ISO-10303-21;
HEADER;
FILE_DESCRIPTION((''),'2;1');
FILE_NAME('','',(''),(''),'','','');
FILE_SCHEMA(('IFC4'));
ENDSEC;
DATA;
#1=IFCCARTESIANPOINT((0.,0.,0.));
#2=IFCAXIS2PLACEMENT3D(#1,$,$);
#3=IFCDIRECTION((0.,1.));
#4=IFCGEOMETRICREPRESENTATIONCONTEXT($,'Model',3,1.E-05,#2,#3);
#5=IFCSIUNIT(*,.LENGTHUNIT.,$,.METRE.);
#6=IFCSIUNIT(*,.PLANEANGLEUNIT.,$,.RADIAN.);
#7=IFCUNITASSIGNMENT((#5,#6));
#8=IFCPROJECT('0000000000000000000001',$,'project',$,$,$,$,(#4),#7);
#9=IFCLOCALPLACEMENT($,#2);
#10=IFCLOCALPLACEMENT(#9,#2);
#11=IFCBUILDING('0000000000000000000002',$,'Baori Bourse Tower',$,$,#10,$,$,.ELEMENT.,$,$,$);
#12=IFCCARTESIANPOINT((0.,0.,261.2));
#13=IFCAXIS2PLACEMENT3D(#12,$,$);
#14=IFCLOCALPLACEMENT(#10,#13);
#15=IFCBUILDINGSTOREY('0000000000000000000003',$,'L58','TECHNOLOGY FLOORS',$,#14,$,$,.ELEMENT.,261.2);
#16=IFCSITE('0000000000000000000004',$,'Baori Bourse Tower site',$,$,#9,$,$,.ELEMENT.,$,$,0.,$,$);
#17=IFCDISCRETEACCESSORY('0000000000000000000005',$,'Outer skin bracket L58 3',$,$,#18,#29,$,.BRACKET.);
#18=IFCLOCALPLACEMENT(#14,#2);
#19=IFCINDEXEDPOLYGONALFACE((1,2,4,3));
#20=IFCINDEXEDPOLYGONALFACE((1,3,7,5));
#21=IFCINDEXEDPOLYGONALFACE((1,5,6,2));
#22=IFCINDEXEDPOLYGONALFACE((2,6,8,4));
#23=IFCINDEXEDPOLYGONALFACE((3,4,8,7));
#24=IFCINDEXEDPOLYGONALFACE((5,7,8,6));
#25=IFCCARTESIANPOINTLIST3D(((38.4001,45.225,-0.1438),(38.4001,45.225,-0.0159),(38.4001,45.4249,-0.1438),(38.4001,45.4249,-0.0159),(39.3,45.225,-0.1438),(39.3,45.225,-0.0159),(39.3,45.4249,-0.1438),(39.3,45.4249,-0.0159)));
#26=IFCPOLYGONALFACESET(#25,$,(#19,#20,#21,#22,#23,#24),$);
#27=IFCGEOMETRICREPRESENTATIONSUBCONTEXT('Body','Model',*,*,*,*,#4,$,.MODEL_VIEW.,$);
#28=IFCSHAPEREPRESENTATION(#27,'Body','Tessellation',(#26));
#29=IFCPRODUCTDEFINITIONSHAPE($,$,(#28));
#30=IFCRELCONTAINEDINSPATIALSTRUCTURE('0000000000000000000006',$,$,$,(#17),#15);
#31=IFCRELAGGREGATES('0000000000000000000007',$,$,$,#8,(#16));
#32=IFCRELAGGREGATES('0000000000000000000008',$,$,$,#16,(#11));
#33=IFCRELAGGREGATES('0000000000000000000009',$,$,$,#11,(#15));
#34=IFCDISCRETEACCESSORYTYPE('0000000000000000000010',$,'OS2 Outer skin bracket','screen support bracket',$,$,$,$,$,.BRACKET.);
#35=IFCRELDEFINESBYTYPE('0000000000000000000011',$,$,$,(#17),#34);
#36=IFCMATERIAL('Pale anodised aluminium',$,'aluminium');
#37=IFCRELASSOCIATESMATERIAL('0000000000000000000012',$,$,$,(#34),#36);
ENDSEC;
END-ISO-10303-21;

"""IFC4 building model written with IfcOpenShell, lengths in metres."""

from ifc_helpers import new_model, si_unit, direction, frame, origin, origin_2d, place, context, subcontext, project, spatial, rectangle, extrude, material, type_object, element, save


model = new_model("IFC4")

# Units and contexts
model_context = context("Model", 3, precision=1e-05, world=origin(), true_north=direction((0.0, 1.0)))
body_context = subcontext(model_context, "Body", "Model", "MODEL_VIEW")
ifc_project = project(units=[si_unit("LENGTHUNIT", "METRE"), si_unit("PLANEANGLEUNIT", "RADIAN")], contexts=[model_context])

# Site, building, storey
site_placement = place(None, origin())
site = spatial("IfcSite", under=ifc_project, at=site_placement, Name="Baori Bourse Tower site", CompositionType="ELEMENT", RefElevation=0.0)
building_placement = place(site_placement, origin())
building = spatial("IfcBuilding", under=site, at=building_placement, Name="Baori Bourse Tower", CompositionType="ELEMENT")
storey_placement = place(building_placement, frame((0.0, 0.0, 261.2)))
storey = spatial("IfcBuildingStorey", under=building, at=storey_placement, Name="L58", Description="TECHNOLOGY FLOORS", CompositionType="ELEMENT", Elevation=261.2)

# Discrete accessory
ifc_material_1 = material(Name="Pale anodised aluminium", Category="aluminium")
discrete_accessory_type = type_object("IfcDiscreteAccessoryType", Name="OS2 Outer skin bracket", Description="screen support bracket", PredefinedType="BRACKET", material=ifc_material_1)
for number, where, z_axis, x_axis, name in (
    (1, (38.8501, 45.325, -0.1438), (0.0, 0.0, 1.0), (0.0, 1.0, 0.0), "Outer skin bracket L58 3"),
):
    element("IfcDiscreteAccessory", number, at=place(storey_placement, frame(where, z_axis=z_axis, x_axis=x_axis)), inside=storey, type_object=discrete_accessory_type, Name=name, PredefinedType="BRACKET", context=body_context, shape_type="SweptSolid", body=[
        extrude(rectangle(XDim=0.2, YDim=0.8999, at=origin_2d()), origin(), (0.0, 0.0, 1.0), 0.1279),
    ])

save(model, "model.ifc")
